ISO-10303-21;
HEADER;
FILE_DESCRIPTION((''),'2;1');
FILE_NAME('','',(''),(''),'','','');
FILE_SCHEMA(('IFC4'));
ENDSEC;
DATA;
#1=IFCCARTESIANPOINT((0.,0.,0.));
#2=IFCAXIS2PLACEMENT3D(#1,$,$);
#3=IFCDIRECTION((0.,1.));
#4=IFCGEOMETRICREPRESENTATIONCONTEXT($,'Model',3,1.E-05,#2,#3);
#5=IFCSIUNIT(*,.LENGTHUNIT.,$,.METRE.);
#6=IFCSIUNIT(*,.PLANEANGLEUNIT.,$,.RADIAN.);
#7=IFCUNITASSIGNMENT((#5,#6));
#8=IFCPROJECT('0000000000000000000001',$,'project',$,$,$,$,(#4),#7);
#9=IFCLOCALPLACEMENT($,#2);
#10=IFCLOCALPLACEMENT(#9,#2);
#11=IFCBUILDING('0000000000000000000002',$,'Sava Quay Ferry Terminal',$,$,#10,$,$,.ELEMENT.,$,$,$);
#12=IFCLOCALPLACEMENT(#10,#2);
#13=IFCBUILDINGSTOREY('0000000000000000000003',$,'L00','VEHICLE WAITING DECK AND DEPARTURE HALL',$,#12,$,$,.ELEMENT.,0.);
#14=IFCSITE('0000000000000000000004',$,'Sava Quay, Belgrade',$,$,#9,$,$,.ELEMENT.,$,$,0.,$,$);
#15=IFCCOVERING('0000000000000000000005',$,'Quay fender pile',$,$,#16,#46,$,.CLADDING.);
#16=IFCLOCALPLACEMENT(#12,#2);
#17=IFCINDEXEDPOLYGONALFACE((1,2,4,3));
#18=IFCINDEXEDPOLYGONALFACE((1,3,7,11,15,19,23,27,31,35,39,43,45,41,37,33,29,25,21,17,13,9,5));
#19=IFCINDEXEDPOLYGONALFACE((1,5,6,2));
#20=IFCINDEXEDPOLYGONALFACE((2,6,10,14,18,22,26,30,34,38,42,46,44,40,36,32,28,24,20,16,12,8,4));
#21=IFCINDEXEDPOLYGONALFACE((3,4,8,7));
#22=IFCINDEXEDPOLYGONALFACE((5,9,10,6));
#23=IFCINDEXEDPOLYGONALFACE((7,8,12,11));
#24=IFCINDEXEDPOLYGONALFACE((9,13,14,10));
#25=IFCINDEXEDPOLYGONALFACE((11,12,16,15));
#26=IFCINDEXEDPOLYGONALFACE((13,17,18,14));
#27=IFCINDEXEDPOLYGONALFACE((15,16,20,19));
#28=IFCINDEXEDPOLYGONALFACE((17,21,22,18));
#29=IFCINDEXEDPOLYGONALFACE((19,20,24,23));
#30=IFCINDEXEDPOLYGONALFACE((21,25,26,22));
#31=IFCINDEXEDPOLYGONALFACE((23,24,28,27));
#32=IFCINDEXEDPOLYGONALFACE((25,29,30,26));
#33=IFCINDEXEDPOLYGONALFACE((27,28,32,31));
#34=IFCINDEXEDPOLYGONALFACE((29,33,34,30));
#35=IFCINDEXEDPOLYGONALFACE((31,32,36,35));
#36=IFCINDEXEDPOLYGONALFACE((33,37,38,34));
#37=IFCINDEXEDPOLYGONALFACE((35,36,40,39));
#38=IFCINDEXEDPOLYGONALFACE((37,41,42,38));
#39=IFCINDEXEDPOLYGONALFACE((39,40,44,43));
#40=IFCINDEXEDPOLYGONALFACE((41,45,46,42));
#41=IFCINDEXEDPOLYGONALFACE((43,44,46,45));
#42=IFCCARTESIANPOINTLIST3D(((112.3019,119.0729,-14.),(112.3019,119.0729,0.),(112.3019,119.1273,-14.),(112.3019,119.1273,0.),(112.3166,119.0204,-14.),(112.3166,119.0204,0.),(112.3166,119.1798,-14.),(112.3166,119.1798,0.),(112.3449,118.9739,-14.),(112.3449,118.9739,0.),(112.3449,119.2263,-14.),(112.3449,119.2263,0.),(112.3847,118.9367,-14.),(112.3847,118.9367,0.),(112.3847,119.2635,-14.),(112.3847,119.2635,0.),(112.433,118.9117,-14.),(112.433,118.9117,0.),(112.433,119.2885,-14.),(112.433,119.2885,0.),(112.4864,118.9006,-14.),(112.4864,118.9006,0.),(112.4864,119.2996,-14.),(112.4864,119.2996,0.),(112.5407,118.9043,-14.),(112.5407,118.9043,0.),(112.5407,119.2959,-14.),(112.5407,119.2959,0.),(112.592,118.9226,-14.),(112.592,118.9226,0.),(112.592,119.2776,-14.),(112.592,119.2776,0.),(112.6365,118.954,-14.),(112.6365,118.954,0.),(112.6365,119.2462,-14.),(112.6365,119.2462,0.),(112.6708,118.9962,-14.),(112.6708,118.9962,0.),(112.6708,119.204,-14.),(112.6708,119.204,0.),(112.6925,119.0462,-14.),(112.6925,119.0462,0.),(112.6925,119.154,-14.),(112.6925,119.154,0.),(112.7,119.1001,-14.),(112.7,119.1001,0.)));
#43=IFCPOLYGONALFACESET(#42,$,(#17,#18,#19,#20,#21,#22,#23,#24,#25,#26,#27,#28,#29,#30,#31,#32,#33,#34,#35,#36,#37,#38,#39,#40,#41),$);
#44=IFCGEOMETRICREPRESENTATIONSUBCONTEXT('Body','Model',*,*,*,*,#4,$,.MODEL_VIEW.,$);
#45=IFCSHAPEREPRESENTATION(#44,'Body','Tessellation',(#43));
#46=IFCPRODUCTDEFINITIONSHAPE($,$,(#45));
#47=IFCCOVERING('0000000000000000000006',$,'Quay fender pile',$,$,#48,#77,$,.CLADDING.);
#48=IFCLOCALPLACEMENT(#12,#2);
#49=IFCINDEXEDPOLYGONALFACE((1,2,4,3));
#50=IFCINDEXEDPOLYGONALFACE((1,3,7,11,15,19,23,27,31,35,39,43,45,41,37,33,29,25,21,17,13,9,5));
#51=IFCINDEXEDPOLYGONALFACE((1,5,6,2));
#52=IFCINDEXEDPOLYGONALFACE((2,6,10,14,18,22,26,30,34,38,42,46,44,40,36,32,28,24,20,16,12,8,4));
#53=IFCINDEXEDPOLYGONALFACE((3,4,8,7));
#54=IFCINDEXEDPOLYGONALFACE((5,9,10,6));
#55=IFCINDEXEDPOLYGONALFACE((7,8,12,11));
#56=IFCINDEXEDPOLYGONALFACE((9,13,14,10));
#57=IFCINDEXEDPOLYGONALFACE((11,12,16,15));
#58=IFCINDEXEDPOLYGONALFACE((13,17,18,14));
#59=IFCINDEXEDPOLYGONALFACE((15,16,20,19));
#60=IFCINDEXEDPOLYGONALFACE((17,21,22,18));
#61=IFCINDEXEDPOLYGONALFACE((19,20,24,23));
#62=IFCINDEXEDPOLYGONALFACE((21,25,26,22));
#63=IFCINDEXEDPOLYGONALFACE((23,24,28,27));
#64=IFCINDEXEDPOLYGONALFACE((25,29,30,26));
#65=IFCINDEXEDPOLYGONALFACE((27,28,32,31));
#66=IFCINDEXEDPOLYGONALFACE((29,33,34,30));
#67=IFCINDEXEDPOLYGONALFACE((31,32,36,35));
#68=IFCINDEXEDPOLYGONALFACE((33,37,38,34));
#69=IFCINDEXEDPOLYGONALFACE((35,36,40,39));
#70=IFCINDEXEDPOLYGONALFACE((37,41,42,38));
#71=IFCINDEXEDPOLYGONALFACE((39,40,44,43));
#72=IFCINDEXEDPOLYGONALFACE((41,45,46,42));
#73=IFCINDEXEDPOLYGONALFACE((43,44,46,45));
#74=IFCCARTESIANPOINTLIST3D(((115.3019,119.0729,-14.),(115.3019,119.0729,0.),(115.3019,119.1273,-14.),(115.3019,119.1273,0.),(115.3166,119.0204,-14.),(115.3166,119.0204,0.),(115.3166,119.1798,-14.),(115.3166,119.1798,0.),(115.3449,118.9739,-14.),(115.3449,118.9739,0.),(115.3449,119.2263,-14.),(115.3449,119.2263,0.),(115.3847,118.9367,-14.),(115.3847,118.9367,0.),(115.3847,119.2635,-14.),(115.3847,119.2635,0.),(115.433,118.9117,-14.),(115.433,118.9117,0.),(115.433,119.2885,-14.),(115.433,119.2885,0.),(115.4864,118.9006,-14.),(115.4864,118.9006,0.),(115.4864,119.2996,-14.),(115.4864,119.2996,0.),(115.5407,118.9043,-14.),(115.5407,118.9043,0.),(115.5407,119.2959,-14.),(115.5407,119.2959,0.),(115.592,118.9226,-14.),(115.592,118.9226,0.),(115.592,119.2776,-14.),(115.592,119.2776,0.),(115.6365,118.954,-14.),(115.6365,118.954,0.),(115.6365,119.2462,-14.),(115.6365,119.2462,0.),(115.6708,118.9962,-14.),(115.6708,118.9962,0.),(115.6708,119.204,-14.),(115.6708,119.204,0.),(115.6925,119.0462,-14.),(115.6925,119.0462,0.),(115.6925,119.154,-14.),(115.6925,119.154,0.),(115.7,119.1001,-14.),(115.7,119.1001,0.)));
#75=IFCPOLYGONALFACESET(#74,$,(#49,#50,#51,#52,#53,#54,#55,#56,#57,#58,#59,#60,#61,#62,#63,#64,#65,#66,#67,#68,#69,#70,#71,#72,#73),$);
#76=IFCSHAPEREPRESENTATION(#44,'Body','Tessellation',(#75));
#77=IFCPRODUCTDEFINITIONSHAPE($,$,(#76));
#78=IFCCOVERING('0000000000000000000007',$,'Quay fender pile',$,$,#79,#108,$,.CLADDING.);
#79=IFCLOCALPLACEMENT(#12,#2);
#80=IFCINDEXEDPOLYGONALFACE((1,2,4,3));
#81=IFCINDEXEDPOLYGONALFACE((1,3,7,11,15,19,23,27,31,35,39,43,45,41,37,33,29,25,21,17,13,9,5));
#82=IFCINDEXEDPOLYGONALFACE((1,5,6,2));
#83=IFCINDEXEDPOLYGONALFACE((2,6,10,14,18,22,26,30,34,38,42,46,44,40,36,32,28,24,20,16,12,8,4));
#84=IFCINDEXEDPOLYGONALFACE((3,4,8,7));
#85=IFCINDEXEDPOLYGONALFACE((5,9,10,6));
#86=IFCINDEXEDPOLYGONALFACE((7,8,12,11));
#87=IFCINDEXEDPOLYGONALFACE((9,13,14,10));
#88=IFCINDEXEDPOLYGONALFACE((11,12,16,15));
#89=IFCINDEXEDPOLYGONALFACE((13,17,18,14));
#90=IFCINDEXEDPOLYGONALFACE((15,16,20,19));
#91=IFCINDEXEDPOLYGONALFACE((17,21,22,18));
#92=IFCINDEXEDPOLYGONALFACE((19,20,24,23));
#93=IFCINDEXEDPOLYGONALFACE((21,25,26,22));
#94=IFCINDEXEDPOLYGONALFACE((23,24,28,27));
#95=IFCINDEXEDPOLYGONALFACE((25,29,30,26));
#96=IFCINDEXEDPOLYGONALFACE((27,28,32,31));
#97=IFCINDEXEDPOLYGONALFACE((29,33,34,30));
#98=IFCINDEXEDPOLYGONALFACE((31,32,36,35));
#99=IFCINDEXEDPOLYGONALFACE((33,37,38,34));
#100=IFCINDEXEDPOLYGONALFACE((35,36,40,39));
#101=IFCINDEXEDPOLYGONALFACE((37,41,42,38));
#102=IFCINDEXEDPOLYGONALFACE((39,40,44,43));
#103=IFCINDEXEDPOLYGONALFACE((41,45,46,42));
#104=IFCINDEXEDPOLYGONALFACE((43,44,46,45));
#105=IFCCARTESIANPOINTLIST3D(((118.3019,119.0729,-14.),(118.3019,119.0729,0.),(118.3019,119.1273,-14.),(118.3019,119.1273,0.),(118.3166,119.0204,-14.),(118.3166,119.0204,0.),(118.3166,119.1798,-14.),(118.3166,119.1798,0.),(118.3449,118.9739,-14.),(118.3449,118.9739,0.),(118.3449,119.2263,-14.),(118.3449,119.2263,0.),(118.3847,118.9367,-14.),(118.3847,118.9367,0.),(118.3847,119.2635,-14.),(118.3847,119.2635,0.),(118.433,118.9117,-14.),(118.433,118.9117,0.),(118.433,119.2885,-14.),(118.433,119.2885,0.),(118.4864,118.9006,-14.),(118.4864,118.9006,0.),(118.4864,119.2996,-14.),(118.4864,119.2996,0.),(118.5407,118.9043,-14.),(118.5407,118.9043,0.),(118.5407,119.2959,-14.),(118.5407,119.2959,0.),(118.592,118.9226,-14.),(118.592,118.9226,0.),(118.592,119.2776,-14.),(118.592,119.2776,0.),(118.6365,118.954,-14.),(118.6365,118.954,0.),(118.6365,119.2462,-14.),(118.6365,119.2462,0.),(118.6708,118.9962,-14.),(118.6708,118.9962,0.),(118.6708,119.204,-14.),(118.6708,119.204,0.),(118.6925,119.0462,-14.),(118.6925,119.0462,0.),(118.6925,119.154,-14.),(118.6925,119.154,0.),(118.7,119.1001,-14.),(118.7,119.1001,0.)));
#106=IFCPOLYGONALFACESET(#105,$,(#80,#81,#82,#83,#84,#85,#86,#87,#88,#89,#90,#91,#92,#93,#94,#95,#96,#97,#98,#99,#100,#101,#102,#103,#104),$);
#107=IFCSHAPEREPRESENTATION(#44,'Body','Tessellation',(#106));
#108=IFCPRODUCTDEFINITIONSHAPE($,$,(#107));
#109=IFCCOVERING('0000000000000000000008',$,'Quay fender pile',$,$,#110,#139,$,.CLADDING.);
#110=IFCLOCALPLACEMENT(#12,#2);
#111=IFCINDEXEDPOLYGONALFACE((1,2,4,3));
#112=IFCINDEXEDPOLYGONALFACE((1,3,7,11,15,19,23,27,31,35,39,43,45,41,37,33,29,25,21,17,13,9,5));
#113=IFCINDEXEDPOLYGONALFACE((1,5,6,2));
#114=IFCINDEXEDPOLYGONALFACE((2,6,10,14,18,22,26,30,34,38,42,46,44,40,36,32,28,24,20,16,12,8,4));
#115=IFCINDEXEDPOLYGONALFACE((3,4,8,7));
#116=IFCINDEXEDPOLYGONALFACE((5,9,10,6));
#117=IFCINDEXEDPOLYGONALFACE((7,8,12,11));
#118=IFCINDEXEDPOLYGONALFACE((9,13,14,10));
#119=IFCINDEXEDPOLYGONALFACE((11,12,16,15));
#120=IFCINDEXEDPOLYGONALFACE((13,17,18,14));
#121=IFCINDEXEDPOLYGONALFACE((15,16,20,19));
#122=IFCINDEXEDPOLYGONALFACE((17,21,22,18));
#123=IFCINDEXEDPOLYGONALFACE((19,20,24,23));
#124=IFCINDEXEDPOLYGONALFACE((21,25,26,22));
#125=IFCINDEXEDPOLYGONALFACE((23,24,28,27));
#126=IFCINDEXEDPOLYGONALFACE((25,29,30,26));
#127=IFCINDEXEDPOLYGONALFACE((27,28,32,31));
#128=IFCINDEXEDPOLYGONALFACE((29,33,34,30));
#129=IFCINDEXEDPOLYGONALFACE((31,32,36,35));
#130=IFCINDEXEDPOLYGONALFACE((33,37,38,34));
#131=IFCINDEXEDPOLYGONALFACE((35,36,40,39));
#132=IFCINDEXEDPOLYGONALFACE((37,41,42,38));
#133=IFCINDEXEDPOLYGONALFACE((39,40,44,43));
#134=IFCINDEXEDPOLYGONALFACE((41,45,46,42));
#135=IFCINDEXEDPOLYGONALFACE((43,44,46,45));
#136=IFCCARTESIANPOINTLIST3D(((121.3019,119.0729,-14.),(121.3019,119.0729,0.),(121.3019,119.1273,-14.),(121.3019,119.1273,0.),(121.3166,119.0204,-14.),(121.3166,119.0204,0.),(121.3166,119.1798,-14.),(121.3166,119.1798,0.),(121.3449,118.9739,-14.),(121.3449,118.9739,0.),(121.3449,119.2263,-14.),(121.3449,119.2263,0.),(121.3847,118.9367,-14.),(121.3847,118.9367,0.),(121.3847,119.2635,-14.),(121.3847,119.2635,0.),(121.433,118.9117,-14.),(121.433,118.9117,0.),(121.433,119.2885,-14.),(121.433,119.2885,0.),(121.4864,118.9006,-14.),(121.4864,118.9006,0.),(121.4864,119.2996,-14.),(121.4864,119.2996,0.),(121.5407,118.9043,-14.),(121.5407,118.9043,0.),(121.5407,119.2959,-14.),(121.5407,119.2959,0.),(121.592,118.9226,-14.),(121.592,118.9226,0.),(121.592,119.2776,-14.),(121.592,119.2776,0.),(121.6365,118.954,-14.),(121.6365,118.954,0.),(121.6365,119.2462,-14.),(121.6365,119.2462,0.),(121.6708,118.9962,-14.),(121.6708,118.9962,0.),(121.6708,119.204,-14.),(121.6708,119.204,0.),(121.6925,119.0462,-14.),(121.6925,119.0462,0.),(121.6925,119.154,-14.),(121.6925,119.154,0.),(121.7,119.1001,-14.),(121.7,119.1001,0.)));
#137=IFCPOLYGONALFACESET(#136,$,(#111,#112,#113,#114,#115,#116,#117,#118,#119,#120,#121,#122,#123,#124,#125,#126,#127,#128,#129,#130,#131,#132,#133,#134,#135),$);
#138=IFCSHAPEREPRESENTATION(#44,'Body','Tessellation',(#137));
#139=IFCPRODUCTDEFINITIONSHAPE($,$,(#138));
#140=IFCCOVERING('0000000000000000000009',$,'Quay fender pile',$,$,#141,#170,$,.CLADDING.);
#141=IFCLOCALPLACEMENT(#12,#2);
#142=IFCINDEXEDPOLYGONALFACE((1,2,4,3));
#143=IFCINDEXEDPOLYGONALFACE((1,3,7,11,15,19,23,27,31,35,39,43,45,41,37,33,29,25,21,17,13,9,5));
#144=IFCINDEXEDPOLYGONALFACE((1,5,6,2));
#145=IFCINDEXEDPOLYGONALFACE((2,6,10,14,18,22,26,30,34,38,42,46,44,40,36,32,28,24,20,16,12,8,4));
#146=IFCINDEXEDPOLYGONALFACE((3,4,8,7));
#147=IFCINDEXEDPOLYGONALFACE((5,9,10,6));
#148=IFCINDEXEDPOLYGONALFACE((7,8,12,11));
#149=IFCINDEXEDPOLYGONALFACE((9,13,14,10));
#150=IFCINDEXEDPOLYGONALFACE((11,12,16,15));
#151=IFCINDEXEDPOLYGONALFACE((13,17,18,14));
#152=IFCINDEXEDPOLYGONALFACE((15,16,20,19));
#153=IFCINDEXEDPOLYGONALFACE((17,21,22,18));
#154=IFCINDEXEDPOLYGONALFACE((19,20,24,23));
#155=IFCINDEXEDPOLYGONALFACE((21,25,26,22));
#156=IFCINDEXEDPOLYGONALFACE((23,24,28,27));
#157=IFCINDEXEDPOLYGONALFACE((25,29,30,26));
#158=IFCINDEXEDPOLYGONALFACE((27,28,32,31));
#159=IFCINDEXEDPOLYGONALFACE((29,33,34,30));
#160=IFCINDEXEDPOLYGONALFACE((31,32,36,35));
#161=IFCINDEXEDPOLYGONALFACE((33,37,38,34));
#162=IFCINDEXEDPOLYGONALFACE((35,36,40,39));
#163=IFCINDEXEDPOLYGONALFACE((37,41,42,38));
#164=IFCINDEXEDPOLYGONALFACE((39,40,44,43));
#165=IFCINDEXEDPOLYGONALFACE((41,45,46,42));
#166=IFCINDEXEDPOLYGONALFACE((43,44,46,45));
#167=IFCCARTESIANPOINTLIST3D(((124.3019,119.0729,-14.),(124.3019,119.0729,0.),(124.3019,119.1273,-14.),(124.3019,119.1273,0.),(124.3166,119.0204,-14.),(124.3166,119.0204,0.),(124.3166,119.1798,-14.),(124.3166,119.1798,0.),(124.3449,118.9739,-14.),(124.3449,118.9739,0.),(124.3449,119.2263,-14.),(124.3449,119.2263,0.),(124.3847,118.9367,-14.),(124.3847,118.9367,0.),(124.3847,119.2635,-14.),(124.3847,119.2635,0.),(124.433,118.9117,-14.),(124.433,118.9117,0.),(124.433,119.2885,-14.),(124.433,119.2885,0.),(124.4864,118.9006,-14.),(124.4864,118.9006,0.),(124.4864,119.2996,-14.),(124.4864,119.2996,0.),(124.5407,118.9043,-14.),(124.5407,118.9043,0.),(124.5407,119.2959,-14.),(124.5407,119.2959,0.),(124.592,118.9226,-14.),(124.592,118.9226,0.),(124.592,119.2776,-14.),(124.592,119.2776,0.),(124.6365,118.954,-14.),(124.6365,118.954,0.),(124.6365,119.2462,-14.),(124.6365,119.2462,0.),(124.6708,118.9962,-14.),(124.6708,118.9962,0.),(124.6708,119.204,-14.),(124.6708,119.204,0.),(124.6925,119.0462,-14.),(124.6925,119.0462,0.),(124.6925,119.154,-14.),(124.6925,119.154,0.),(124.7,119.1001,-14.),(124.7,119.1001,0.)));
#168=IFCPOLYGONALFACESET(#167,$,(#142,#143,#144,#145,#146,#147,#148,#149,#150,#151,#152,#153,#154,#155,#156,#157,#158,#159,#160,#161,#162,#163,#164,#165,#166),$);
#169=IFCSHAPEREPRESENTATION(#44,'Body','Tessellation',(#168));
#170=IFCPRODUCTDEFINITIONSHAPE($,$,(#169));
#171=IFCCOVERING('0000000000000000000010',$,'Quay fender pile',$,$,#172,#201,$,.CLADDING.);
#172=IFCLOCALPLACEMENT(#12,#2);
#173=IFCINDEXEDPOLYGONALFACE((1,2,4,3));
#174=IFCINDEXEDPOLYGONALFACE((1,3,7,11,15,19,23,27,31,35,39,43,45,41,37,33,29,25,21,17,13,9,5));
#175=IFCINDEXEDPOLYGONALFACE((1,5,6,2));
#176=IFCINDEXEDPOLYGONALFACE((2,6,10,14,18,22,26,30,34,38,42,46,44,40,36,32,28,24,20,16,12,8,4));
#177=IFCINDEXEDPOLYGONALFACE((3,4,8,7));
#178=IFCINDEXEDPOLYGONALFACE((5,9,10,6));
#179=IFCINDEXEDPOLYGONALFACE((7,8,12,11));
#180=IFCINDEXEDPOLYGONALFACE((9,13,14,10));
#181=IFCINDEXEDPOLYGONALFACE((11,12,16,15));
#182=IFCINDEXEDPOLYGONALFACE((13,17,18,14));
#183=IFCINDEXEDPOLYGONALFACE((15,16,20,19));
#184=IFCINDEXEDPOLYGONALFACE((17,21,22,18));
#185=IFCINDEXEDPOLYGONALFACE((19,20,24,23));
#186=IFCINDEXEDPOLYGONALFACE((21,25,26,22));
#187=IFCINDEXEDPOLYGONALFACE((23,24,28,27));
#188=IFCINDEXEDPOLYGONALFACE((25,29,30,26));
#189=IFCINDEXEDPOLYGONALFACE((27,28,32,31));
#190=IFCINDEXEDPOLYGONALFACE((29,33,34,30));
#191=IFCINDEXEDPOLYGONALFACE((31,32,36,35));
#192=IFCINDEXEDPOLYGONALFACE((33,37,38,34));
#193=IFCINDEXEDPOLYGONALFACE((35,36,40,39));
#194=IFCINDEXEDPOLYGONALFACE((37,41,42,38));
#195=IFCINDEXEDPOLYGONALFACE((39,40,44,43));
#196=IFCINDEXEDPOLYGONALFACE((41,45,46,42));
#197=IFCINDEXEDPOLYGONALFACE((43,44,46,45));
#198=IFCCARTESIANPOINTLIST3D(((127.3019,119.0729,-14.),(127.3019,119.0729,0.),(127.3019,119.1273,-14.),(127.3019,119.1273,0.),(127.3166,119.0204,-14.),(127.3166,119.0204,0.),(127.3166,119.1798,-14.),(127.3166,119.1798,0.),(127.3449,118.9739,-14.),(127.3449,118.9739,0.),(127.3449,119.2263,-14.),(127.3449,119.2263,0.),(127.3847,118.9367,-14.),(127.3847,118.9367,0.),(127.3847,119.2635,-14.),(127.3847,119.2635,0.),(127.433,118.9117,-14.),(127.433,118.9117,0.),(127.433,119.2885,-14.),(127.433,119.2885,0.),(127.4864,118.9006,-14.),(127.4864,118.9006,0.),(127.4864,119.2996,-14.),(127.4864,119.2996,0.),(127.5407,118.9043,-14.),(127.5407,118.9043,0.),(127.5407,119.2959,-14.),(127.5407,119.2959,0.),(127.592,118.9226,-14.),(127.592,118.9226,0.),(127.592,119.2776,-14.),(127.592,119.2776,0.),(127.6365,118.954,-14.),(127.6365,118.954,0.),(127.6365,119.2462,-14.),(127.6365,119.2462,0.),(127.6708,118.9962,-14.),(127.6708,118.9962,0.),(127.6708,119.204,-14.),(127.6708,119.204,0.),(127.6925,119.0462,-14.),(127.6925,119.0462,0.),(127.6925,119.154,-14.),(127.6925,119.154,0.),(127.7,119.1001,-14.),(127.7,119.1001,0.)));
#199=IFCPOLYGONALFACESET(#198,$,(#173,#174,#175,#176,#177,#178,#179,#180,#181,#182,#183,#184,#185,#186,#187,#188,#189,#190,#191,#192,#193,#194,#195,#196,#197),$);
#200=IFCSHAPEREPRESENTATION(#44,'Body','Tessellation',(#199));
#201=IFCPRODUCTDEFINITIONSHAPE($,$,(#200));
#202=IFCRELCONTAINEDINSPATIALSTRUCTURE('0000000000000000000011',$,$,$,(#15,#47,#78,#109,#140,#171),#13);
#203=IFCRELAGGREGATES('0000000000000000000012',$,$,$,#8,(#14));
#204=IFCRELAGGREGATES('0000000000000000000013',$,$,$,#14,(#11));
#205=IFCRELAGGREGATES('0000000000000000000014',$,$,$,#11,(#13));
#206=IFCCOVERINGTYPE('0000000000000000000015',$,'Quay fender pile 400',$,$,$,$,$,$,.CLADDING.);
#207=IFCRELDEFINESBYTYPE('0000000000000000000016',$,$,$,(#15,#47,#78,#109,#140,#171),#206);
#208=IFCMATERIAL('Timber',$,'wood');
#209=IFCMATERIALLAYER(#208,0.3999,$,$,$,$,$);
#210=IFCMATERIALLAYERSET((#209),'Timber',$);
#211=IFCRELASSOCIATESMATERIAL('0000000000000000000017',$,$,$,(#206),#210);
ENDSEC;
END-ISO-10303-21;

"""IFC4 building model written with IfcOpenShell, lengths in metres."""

from ifc_helpers import new_model, si_unit, direction, frame, origin, origin_2d, place, context, subcontext, project, spatial, circle, extrude, material, layer, layer_set, type_object, element, save


model = new_model("IFC4")

# Units and contexts
model_context = context("Model", 3, precision=1e-05, world=origin(), true_north=direction((0.0, 1.0)))
body_context = subcontext(model_context, "Body", "Model", "MODEL_VIEW")
ifc_project = project(units=[si_unit("LENGTHUNIT", "METRE"), si_unit("PLANEANGLEUNIT", "RADIAN")], contexts=[model_context])

# Site, building, storey
site_placement = place(None, origin())
site = spatial("IfcSite", under=ifc_project, at=site_placement, Name="Sava Quay, Belgrade", CompositionType="ELEMENT", RefElevation=0.0)
building_placement = place(site_placement, origin())
building = spatial("IfcBuilding", under=site, at=building_placement, Name="Sava Quay Ferry Terminal", CompositionType="ELEMENT")
storey_placement = place(building_placement, origin())
storey = spatial("IfcBuildingStorey", under=building, at=storey_placement, Name="L00", Description="VEHICLE WAITING DECK AND DEPARTURE HALL", CompositionType="ELEMENT", Elevation=0.0)

# Coverings
ifc_material_1 = material(Name="Timber", Category="wood")
ifc_layer_1 = layer(ifc_material_1, 0.3999)
ifc_layer_set_1 = layer_set([ifc_layer_1], Name="Timber")
covering_type_1 = type_object("IfcCoveringType", Name="Quay fender pile 400", PredefinedType="CLADDING", material=ifc_layer_set_1)
for number, where, z_axis, x_axis, name in (
    (1, (112.5, 119.1001, 0.0), (0.0, 0.0, -1.0), (1.0, 0.0, 0.0), "Quay fender pile"),
    (2, (115.5, 119.1001, 0.0), (0.0, 0.0, -1.0), (1.0, 0.0, 0.0), "Quay fender pile"),
    (3, (118.5, 119.1001, 0.0), (0.0, 0.0, -1.0), (1.0, 0.0, 0.0), "Quay fender pile"),
    (4, (121.5, 119.1001, 0.0), (0.0, 0.0, -1.0), (1.0, 0.0, 0.0), "Quay fender pile"),
    (5, (124.5, 119.1001, 0.0), (0.0, 0.0, -1.0), (1.0, 0.0, 0.0), "Quay fender pile"),
    (6, (127.5, 119.1001, 0.0), (0.0, 0.0, -1.0), (1.0, 0.0, 0.0), "Quay fender pile"),
):
    element("IfcCovering", number, at=place(storey_placement, frame(where, z_axis=z_axis, x_axis=x_axis)), inside=storey, type_object=covering_type_1, Name=name, PredefinedType="CLADDING", context=body_context, shape_type="SweptSolid", body=[
        extrude(circle(Radius=0.2, at=origin_2d()), origin(), (0.0, 0.0, 1.0), 14.0),
    ])

save(model, "model.ifc")
